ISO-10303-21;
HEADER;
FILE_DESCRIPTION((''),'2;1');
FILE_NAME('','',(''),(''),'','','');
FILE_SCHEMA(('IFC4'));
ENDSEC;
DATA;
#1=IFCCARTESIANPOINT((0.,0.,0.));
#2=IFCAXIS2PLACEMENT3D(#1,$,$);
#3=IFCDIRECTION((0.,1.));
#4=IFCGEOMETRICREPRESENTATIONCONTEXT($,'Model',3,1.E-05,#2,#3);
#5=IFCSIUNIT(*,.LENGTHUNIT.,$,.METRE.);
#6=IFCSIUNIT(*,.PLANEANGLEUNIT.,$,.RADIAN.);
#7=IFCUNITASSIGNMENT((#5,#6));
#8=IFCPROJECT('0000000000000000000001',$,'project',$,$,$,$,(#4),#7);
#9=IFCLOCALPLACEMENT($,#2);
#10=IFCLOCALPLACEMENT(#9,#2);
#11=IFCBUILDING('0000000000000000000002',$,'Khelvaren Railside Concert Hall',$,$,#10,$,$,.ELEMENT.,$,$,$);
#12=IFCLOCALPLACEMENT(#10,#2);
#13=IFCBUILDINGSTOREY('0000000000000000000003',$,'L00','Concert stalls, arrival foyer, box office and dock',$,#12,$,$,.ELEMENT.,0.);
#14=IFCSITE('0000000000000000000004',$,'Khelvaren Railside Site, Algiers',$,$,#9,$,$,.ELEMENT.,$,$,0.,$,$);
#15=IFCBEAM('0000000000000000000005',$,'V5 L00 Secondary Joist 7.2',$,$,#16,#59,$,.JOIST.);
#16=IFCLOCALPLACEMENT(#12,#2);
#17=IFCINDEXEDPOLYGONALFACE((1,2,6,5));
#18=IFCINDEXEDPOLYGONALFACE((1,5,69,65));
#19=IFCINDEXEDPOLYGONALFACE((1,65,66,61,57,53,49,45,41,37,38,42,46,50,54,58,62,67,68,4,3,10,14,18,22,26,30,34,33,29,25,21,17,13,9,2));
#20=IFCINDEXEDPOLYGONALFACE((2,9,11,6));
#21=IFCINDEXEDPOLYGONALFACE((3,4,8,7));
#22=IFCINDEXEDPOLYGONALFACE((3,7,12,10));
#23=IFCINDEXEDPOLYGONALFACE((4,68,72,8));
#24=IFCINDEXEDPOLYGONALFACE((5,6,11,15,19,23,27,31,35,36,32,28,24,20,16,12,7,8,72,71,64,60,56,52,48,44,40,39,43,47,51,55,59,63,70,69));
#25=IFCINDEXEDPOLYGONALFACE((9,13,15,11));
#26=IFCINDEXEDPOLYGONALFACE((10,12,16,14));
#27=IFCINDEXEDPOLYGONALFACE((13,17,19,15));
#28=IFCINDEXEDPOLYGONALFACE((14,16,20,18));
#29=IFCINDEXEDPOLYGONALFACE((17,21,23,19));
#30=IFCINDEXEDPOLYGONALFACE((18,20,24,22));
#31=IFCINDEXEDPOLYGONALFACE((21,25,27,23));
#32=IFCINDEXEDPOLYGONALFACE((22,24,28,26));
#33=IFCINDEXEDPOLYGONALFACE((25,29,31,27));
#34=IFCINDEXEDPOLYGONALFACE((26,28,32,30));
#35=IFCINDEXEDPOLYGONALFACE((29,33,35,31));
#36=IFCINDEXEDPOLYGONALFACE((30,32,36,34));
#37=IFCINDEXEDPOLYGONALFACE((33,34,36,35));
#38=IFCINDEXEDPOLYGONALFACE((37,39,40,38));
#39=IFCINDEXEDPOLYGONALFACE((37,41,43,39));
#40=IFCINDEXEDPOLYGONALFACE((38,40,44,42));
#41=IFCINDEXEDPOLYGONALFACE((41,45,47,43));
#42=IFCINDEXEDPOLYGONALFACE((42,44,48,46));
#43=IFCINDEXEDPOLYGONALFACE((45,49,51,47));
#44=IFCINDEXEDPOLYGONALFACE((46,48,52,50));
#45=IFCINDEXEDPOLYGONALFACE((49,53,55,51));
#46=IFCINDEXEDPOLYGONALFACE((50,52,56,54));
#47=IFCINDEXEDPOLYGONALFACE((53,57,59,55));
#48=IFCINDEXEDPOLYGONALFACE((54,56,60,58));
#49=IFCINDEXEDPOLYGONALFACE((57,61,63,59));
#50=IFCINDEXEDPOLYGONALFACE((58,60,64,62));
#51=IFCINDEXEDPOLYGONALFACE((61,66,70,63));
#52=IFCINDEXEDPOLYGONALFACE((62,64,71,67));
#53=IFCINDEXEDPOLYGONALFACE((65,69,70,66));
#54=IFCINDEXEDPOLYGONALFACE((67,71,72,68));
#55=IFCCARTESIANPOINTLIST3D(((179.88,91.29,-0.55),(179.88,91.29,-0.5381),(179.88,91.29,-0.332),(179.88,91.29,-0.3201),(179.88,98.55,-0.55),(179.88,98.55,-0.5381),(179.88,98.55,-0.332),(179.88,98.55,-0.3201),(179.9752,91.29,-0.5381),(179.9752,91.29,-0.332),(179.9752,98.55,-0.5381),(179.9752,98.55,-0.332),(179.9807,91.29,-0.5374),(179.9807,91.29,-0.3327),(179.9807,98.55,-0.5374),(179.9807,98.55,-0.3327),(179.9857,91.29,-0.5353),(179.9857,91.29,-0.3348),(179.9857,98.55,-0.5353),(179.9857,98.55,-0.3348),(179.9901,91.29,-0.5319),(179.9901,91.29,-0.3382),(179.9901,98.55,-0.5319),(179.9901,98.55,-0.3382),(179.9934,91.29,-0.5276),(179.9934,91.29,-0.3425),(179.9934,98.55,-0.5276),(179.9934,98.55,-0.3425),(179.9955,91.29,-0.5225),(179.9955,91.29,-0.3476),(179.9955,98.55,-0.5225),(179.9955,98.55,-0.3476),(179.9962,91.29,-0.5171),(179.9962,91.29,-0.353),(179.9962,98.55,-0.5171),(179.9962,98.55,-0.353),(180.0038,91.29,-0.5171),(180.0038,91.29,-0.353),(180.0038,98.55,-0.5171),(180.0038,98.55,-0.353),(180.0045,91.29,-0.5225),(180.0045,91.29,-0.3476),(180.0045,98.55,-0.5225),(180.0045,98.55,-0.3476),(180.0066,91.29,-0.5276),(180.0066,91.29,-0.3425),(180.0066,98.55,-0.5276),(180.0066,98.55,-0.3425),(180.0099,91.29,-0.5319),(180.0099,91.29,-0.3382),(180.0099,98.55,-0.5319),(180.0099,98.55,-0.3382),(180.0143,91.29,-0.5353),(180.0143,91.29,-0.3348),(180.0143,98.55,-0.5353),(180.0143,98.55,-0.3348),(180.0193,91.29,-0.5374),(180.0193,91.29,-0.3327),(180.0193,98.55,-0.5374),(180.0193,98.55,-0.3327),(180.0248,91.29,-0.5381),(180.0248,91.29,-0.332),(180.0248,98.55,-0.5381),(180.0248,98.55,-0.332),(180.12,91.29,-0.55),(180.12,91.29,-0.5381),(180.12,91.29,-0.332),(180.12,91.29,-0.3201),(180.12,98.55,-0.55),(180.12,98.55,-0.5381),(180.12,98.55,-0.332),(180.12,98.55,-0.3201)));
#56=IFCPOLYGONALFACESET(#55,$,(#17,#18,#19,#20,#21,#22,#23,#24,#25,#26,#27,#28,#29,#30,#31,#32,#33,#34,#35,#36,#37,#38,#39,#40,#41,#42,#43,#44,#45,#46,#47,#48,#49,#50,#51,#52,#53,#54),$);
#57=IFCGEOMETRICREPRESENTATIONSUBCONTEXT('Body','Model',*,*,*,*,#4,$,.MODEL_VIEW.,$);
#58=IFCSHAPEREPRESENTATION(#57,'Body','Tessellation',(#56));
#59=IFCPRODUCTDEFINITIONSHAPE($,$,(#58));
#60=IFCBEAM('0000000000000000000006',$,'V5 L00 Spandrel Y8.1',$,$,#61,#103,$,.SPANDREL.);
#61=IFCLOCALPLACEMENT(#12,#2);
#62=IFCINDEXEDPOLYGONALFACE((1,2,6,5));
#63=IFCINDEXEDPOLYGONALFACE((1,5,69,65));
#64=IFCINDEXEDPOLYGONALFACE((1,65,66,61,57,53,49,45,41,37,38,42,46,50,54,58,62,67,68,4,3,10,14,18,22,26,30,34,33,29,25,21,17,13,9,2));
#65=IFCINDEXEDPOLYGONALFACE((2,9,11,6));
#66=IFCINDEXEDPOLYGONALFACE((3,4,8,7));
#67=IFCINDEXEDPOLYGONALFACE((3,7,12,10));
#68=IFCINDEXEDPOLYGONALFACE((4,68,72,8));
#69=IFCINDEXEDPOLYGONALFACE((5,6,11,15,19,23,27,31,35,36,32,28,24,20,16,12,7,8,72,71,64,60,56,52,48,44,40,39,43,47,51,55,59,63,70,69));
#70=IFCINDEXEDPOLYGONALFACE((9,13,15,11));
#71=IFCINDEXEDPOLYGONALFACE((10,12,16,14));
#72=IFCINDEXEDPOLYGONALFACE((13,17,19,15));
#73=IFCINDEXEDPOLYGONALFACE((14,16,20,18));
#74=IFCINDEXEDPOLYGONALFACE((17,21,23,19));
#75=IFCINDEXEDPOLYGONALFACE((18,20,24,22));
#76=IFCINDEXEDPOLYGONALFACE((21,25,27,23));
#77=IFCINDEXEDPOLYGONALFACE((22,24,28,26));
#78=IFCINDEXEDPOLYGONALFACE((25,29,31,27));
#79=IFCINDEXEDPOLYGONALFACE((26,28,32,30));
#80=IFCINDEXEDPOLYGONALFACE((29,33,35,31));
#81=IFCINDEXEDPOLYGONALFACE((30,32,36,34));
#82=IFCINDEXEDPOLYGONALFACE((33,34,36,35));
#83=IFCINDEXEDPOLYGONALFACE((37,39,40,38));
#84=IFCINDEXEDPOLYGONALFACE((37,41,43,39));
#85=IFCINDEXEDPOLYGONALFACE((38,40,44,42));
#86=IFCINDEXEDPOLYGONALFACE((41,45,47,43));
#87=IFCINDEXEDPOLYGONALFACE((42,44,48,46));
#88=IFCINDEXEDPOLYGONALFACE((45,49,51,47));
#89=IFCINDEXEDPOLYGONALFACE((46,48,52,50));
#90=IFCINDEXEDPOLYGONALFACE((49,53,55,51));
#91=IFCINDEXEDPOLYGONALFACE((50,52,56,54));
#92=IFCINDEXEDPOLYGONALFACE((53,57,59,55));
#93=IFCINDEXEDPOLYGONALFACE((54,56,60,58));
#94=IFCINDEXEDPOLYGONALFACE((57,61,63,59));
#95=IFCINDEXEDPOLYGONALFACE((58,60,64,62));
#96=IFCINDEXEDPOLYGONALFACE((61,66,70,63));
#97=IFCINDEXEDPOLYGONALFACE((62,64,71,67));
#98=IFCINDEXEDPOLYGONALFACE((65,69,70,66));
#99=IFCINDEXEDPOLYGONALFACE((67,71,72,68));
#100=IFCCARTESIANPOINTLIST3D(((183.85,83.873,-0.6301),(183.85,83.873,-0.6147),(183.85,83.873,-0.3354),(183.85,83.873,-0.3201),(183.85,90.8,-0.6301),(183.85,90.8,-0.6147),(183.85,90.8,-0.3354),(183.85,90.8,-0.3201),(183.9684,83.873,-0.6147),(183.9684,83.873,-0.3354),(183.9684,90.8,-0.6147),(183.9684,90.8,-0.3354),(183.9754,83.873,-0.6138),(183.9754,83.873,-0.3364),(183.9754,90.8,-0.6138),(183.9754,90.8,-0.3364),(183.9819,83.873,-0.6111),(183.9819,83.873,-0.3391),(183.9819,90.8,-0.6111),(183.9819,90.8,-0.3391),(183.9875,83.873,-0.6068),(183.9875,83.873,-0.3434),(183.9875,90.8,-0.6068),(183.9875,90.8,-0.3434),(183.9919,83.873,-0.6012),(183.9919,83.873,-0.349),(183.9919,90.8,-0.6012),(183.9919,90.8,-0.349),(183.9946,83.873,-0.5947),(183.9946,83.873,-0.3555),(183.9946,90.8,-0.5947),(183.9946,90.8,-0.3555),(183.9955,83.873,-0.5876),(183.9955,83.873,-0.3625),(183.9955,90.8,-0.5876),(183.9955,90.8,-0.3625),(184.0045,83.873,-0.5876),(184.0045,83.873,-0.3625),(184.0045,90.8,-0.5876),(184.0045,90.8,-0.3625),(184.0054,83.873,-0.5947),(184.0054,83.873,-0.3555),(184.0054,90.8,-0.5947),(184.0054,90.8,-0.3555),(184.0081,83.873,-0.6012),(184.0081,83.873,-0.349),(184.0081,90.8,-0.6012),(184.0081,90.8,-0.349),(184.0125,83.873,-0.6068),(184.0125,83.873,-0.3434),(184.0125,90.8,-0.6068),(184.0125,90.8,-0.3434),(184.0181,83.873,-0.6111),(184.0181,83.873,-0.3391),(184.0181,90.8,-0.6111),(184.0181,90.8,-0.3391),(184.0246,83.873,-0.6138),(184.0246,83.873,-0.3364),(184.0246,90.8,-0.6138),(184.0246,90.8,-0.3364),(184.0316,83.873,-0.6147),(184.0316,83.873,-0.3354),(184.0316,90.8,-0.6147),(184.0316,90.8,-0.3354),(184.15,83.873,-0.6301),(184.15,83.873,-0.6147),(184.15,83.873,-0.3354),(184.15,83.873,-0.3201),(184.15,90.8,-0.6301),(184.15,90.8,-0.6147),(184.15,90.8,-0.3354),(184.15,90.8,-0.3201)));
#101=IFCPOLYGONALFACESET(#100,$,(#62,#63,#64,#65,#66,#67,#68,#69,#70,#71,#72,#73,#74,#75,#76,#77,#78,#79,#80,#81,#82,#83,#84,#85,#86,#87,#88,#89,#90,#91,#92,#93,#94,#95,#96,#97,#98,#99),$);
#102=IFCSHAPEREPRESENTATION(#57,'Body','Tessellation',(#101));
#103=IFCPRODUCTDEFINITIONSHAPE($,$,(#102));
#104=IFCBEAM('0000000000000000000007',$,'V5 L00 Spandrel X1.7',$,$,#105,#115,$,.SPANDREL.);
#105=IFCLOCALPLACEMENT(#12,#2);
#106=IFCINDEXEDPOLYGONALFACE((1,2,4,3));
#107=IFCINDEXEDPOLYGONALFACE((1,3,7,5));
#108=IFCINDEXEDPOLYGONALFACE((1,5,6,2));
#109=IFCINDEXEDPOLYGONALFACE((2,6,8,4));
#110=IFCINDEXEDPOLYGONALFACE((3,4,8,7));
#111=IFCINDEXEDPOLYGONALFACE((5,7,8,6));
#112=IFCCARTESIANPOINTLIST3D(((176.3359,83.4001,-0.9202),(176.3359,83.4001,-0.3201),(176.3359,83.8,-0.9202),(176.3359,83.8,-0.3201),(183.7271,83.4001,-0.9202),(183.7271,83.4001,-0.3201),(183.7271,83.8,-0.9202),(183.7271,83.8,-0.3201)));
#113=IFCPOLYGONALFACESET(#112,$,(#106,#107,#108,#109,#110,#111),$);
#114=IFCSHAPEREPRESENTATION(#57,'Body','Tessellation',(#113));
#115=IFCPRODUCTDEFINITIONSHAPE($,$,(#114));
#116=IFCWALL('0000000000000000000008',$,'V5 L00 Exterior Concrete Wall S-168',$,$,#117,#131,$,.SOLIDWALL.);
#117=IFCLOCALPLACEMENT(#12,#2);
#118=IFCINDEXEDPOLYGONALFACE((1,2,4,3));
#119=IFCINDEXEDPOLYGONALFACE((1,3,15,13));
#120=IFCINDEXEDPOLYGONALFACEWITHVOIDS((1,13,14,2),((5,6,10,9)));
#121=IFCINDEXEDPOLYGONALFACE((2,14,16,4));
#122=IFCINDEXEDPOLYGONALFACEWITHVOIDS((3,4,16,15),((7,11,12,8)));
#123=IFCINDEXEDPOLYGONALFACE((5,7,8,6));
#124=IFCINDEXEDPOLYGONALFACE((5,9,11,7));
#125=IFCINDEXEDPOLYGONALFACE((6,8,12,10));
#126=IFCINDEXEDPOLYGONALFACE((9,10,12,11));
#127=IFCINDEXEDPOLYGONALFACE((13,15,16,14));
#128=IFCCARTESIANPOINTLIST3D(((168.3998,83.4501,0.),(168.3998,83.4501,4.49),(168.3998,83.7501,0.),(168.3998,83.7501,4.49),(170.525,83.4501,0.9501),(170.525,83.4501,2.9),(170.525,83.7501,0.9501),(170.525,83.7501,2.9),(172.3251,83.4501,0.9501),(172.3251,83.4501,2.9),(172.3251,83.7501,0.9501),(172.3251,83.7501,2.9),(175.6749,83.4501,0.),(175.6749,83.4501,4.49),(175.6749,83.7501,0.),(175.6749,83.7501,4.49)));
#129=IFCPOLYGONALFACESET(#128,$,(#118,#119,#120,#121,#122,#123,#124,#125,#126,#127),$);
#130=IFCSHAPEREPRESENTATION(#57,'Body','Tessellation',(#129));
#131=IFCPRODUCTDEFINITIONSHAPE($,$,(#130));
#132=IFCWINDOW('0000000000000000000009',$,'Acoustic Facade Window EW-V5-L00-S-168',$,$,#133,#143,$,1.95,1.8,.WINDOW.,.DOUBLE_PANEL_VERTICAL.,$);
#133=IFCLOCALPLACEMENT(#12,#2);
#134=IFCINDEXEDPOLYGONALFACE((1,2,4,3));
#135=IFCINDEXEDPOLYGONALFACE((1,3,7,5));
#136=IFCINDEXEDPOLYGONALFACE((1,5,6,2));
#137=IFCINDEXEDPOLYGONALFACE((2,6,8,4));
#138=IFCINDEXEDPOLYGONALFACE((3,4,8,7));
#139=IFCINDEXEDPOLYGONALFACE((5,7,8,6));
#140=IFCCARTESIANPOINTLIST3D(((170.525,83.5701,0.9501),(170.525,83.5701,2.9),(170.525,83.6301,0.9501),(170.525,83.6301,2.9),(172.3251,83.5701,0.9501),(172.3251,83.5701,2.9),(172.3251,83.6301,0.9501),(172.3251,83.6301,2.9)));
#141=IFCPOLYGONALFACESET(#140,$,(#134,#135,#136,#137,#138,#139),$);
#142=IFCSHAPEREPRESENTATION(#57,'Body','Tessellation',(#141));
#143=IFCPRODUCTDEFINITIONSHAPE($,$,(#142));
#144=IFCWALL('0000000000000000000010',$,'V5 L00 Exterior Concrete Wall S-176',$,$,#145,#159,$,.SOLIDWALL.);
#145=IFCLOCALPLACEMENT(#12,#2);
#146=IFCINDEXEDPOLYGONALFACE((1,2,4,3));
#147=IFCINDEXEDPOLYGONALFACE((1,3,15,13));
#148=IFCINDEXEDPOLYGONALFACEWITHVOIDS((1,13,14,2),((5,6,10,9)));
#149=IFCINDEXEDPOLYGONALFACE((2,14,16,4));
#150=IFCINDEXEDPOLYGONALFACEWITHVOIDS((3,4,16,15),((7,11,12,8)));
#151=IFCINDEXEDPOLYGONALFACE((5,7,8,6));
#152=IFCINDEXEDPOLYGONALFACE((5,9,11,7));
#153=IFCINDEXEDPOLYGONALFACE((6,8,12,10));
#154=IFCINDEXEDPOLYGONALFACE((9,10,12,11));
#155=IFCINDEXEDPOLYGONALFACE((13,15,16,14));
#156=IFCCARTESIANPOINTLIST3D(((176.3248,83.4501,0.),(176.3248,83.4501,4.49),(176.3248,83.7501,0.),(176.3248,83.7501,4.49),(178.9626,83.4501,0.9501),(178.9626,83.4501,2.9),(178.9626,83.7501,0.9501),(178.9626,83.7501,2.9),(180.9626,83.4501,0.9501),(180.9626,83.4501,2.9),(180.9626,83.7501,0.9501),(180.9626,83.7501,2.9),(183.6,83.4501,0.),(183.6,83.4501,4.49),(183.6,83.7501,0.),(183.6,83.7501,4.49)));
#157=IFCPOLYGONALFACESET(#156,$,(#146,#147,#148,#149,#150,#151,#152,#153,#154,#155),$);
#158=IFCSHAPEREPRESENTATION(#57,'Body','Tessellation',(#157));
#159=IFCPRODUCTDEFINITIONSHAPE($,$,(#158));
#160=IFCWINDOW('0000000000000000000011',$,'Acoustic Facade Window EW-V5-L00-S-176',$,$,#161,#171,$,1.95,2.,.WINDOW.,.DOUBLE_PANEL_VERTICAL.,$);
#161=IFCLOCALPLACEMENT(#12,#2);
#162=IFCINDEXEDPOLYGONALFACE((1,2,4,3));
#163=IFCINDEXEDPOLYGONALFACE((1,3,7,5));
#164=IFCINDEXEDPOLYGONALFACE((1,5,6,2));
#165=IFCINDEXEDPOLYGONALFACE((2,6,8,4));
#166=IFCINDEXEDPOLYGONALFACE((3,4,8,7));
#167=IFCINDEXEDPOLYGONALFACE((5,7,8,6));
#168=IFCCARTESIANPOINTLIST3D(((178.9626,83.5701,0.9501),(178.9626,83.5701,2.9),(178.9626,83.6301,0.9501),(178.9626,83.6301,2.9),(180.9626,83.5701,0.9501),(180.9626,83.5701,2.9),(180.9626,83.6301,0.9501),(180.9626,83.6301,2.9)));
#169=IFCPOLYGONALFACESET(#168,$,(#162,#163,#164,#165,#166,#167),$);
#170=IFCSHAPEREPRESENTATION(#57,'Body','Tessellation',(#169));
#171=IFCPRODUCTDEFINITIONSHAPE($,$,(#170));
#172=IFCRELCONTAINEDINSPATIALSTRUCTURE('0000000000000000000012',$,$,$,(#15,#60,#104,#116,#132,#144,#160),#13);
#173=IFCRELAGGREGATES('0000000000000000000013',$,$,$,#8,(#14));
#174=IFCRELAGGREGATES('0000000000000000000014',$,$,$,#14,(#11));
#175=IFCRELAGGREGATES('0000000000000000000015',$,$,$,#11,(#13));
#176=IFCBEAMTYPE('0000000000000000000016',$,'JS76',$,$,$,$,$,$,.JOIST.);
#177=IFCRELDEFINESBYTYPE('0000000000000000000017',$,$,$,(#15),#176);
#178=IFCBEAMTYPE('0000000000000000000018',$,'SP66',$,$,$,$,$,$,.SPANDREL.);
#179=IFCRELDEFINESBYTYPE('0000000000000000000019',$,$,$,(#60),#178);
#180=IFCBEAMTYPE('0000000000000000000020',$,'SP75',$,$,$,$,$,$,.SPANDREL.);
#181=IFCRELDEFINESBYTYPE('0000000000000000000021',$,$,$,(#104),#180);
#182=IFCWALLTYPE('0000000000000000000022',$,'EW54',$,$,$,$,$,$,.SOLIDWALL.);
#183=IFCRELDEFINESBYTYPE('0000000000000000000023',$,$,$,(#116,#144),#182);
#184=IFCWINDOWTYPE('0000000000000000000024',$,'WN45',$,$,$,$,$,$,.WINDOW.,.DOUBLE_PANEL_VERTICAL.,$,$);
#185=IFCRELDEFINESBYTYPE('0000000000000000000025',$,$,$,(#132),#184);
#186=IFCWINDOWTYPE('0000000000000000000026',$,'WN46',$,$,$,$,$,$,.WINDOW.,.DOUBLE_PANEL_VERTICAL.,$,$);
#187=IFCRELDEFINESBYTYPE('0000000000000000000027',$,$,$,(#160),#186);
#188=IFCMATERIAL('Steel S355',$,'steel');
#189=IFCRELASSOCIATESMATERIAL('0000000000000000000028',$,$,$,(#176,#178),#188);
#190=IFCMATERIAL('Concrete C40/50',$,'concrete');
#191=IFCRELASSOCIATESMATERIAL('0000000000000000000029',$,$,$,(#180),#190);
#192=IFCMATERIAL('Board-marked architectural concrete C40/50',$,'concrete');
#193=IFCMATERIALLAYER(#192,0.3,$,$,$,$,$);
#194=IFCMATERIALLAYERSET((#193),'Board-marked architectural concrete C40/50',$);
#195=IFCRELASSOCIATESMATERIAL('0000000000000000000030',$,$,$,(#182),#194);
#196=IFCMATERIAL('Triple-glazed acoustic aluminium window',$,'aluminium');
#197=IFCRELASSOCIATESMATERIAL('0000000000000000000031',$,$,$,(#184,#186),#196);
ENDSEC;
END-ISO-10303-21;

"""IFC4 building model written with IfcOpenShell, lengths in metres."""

from ifc_helpers import new_model, si_unit, direction, frame, frame_2d, origin, origin_2d, place, context, subcontext, project, spatial, rectangle, i_section, extrude, material, layer, layer_set, material_profile, profile_set, type_object, element, fill, save


model = new_model("IFC4")

# Units and contexts
model_context = context("Model", 3, precision=1e-05, world=origin(), true_north=direction((0.0, 1.0)))
body_context = subcontext(model_context, "Body", "Model", "MODEL_VIEW")
ifc_project = project(units=[si_unit("LENGTHUNIT", "METRE"), si_unit("PLANEANGLEUNIT", "RADIAN")], contexts=[model_context])

# Site, building, storey
site_placement = place(None, origin())
site = spatial("IfcSite", under=ifc_project, at=site_placement, Name="Khelvaren Railside Site, Algiers", CompositionType="ELEMENT", RefElevation=0.0)
building_placement = place(site_placement, origin())
building = spatial("IfcBuilding", under=site, at=building_placement, Name="Khelvaren Railside Concert Hall", CompositionType="ELEMENT")
storey_placement = place(building_placement, origin())
storey = spatial("IfcBuildingStorey", under=building, at=storey_placement, Name="L00", Description="Concert stalls, arrival foyer, box office and dock", CompositionType="ELEMENT", Elevation=0.0)

# Beams
ifc_material_1 = material(Name="Steel S355", Category="steel")
ifc_material_profile_1 = material_profile(ifc_material_1, i_section(OverallWidth=0.24, OverallDepth=0.23, WebThickness=0.0076, FlangeThickness=0.012, FilletRadius=0.021, at=origin_2d()), Name="HEA 240")
ifc_profile_set_1 = profile_set([ifc_material_profile_1], Name="Steel S355")
beam_type_1 = type_object("IfcBeamType", Name="JS76", PredefinedType="JOIST", material=ifc_profile_set_1)
beam_1_placement = place(storey_placement, frame((180.0, 91.29, -0.4351), z_axis=(0.0, 1.0, 0.0), x_axis=(-1.0, 0.0, 0.0)))
element("IfcBeam", 1, at=beam_1_placement, inside=storey, type_object=beam_type_1, Name="V5 L00 Secondary Joist 7.2", PredefinedType="JOIST", context=body_context, shape_type="SweptSolid", body=[
    extrude(i_section(OverallWidth=0.24, OverallDepth=0.23, WebThickness=0.0076, FlangeThickness=0.012, FilletRadius=0.021, at=origin_2d()), origin(), (0.0, 0.0, 1.0), 7.26),
])
ifc_material_profile_2 = material_profile(ifc_material_1, i_section(OverallWidth=0.3, OverallDepth=0.3101, WebThickness=0.009, FlangeThickness=0.0154, FilletRadius=0.0271, at=origin_2d()), Name="HEA 320")
ifc_profile_set_2 = profile_set([ifc_material_profile_2], Name="Steel S355")
beam_type_2 = type_object("IfcBeamType", Name="SP66", PredefinedType="SPANDREL", material=ifc_profile_set_2)
beam_2_placement = place(storey_placement, frame((184.0, 83.873, -0.4751), z_axis=(0.0, 1.0, 0.0), x_axis=(-1.0, 0.0, 0.0)))
element("IfcBeam", 2, at=beam_2_placement, inside=storey, type_object=beam_type_2, Name="V5 L00 Spandrel Y8.1", PredefinedType="SPANDREL", context=body_context, shape_type="SweptSolid", body=[
    extrude(i_section(OverallWidth=0.3, OverallDepth=0.3101, WebThickness=0.009, FlangeThickness=0.0154, FilletRadius=0.0271, at=origin_2d()), origin(), (0.0, 0.0, 1.0), 6.927),
])
ifc_material_2 = material(Name="Concrete C40/50", Category="concrete")
ifc_material_profile_3 = material_profile(ifc_material_2, rectangle(XDim=0.3999, YDim=0.6001, at=origin_2d()), Name="RCB 400x600")
ifc_profile_set_3 = profile_set([ifc_material_profile_3], Name="Concrete C40/50")
beam_type_3 = type_object("IfcBeamType", Name="SP75", PredefinedType="SPANDREL", material=ifc_profile_set_3)
beam_3_placement = place(storey_placement, frame((176.3359, 83.6001, -0.6201), z_axis=(1.0, 0.0, 0.0), x_axis=(0.0, 1.0, 0.0)))
element("IfcBeam", 3, at=beam_3_placement, inside=storey, type_object=beam_type_3, Name="V5 L00 Spandrel X1.7", PredefinedType="SPANDREL", context=body_context, shape_type="SweptSolid", body=[
    extrude(rectangle(XDim=0.3999, YDim=0.6001, at=origin_2d()), origin(), (0.0, 0.0, 1.0), 7.3911),
])

# Walls, openings, windows
ifc_material_3 = material(Name="Board-marked architectural concrete C40/50", Category="concrete")
ifc_layer_1 = layer(ifc_material_3, 0.3)
ifc_layer_set_1 = layer_set([ifc_layer_1], Name="Board-marked architectural concrete C40/50")
wall_type_1 = type_object("IfcWallType", Name="EW54", PredefinedType="SOLIDWALL", material=ifc_layer_set_1)
wall_1_placement = place(storey_placement, frame((175.675, 83.6001, 0.0), z_axis=(0.0, 0.0, 1.0), x_axis=(-1.0, 0.0, 0.0)))
wall_1 = element("IfcWall", 4, at=wall_1_placement, inside=storey, type_object=wall_type_1, Name="V5 L00 Exterior Concrete Wall S-168", PredefinedType="SOLIDWALL", context=body_context, shape_type="SweptSolid", body=[
    extrude(rectangle(XDim=7.2751, YDim=0.3, at=frame_2d((3.6377, 0.0))), origin(), (0.0, 0.0, 1.0), 4.49),
])
opening_1_placement = place(wall_1_placement, frame((3.3501, 0.0, 0.95)))
opening_1 = element("IfcOpeningElement", 5, at=opening_1_placement, cuts=wall_1, PredefinedType="OPENING", context=body_context, shape_type="SweptSolid", body=[
    extrude(rectangle(XDim=1.8, YDim=1.95, at=frame_2d((0.8999, 0.9751))), frame((0.0, 0.1599, 0.0), z_axis=(0.0, -1.0, 0.0), x_axis=(1.0, 0.0, 0.0)), (0.0, 0.0, 1.0), 0.3201),
])
ifc_material_4 = material(Name="Triple-glazed acoustic aluminium window", Category="aluminium")
window_type_1 = type_object("IfcWindowType", Name="WN45", PartitioningType="DOUBLE_PANEL_VERTICAL", PredefinedType="WINDOW", material=ifc_material_4)
window_1_placement = place(opening_1_placement, origin())
window_1 = element("IfcWindow", 6, at=window_1_placement, inside=storey, type_object=window_type_1, Name="Acoustic Facade Window EW-V5-L00-S-168", OverallHeight=1.95, OverallWidth=1.8, PartitioningType="DOUBLE_PANEL_VERTICAL", PredefinedType="WINDOW", context=body_context, shape_type="SweptSolid", body=[
    extrude(rectangle(XDim=1.8, YDim=1.95, at=frame_2d((0.8999, 0.9751))), frame((0.0, 0.03, 0.0), z_axis=(0.0, -1.0, 0.0), x_axis=(1.0, 0.0, 0.0)), (0.0, 0.0, 1.0), 0.0601),
])
fill(opening_1, window_1)
wall_2_placement = place(storey_placement, frame((183.6001, 83.6001, 0.0), z_axis=(0.0, 0.0, 1.0), x_axis=(-1.0, 0.0, 0.0)))
wall_2 = element("IfcWall", 7, at=wall_2_placement, inside=storey, type_object=wall_type_1, Name="V5 L00 Exterior Concrete Wall S-176", PredefinedType="SOLIDWALL", context=body_context, shape_type="SweptSolid", body=[
    extrude(rectangle(XDim=7.2751, YDim=0.3, at=frame_2d((3.6377, 0.0))), origin(), (0.0, 0.0, 1.0), 4.49),
])
opening_2_placement = place(wall_2_placement, frame((2.6375, 0.0, 0.95)))
opening_2 = element("IfcOpeningElement", 8, at=opening_2_placement, cuts=wall_2, PredefinedType="OPENING", context=body_context, shape_type="SweptSolid", body=[
    extrude(rectangle(XDim=2.0, YDim=1.95, at=frame_2d((1.0, 0.9751))), frame((0.0, 0.1599, 0.0), z_axis=(0.0, -1.0, 0.0), x_axis=(1.0, 0.0, 0.0)), (0.0, 0.0, 1.0), 0.3201),
])
window_type_2 = type_object("IfcWindowType", Name="WN46", PartitioningType="DOUBLE_PANEL_VERTICAL", PredefinedType="WINDOW", material=ifc_material_4)
window_2_placement = place(opening_2_placement, origin())
window_2 = element("IfcWindow", 9, at=window_2_placement, inside=storey, type_object=window_type_2, Name="Acoustic Facade Window EW-V5-L00-S-176", OverallHeight=1.95, OverallWidth=2.0, PartitioningType="DOUBLE_PANEL_VERTICAL", PredefinedType="WINDOW", context=body_context, shape_type="SweptSolid", body=[
    extrude(rectangle(XDim=2.0, YDim=1.95, at=frame_2d((1.0, 0.9751))), frame((0.0, 0.03, 0.0), z_axis=(0.0, -1.0, 0.0), x_axis=(1.0, 0.0, 0.0)), (0.0, 0.0, 1.0), 0.0601),
])
fill(opening_2, window_2)

save(model, "model.ifc")
